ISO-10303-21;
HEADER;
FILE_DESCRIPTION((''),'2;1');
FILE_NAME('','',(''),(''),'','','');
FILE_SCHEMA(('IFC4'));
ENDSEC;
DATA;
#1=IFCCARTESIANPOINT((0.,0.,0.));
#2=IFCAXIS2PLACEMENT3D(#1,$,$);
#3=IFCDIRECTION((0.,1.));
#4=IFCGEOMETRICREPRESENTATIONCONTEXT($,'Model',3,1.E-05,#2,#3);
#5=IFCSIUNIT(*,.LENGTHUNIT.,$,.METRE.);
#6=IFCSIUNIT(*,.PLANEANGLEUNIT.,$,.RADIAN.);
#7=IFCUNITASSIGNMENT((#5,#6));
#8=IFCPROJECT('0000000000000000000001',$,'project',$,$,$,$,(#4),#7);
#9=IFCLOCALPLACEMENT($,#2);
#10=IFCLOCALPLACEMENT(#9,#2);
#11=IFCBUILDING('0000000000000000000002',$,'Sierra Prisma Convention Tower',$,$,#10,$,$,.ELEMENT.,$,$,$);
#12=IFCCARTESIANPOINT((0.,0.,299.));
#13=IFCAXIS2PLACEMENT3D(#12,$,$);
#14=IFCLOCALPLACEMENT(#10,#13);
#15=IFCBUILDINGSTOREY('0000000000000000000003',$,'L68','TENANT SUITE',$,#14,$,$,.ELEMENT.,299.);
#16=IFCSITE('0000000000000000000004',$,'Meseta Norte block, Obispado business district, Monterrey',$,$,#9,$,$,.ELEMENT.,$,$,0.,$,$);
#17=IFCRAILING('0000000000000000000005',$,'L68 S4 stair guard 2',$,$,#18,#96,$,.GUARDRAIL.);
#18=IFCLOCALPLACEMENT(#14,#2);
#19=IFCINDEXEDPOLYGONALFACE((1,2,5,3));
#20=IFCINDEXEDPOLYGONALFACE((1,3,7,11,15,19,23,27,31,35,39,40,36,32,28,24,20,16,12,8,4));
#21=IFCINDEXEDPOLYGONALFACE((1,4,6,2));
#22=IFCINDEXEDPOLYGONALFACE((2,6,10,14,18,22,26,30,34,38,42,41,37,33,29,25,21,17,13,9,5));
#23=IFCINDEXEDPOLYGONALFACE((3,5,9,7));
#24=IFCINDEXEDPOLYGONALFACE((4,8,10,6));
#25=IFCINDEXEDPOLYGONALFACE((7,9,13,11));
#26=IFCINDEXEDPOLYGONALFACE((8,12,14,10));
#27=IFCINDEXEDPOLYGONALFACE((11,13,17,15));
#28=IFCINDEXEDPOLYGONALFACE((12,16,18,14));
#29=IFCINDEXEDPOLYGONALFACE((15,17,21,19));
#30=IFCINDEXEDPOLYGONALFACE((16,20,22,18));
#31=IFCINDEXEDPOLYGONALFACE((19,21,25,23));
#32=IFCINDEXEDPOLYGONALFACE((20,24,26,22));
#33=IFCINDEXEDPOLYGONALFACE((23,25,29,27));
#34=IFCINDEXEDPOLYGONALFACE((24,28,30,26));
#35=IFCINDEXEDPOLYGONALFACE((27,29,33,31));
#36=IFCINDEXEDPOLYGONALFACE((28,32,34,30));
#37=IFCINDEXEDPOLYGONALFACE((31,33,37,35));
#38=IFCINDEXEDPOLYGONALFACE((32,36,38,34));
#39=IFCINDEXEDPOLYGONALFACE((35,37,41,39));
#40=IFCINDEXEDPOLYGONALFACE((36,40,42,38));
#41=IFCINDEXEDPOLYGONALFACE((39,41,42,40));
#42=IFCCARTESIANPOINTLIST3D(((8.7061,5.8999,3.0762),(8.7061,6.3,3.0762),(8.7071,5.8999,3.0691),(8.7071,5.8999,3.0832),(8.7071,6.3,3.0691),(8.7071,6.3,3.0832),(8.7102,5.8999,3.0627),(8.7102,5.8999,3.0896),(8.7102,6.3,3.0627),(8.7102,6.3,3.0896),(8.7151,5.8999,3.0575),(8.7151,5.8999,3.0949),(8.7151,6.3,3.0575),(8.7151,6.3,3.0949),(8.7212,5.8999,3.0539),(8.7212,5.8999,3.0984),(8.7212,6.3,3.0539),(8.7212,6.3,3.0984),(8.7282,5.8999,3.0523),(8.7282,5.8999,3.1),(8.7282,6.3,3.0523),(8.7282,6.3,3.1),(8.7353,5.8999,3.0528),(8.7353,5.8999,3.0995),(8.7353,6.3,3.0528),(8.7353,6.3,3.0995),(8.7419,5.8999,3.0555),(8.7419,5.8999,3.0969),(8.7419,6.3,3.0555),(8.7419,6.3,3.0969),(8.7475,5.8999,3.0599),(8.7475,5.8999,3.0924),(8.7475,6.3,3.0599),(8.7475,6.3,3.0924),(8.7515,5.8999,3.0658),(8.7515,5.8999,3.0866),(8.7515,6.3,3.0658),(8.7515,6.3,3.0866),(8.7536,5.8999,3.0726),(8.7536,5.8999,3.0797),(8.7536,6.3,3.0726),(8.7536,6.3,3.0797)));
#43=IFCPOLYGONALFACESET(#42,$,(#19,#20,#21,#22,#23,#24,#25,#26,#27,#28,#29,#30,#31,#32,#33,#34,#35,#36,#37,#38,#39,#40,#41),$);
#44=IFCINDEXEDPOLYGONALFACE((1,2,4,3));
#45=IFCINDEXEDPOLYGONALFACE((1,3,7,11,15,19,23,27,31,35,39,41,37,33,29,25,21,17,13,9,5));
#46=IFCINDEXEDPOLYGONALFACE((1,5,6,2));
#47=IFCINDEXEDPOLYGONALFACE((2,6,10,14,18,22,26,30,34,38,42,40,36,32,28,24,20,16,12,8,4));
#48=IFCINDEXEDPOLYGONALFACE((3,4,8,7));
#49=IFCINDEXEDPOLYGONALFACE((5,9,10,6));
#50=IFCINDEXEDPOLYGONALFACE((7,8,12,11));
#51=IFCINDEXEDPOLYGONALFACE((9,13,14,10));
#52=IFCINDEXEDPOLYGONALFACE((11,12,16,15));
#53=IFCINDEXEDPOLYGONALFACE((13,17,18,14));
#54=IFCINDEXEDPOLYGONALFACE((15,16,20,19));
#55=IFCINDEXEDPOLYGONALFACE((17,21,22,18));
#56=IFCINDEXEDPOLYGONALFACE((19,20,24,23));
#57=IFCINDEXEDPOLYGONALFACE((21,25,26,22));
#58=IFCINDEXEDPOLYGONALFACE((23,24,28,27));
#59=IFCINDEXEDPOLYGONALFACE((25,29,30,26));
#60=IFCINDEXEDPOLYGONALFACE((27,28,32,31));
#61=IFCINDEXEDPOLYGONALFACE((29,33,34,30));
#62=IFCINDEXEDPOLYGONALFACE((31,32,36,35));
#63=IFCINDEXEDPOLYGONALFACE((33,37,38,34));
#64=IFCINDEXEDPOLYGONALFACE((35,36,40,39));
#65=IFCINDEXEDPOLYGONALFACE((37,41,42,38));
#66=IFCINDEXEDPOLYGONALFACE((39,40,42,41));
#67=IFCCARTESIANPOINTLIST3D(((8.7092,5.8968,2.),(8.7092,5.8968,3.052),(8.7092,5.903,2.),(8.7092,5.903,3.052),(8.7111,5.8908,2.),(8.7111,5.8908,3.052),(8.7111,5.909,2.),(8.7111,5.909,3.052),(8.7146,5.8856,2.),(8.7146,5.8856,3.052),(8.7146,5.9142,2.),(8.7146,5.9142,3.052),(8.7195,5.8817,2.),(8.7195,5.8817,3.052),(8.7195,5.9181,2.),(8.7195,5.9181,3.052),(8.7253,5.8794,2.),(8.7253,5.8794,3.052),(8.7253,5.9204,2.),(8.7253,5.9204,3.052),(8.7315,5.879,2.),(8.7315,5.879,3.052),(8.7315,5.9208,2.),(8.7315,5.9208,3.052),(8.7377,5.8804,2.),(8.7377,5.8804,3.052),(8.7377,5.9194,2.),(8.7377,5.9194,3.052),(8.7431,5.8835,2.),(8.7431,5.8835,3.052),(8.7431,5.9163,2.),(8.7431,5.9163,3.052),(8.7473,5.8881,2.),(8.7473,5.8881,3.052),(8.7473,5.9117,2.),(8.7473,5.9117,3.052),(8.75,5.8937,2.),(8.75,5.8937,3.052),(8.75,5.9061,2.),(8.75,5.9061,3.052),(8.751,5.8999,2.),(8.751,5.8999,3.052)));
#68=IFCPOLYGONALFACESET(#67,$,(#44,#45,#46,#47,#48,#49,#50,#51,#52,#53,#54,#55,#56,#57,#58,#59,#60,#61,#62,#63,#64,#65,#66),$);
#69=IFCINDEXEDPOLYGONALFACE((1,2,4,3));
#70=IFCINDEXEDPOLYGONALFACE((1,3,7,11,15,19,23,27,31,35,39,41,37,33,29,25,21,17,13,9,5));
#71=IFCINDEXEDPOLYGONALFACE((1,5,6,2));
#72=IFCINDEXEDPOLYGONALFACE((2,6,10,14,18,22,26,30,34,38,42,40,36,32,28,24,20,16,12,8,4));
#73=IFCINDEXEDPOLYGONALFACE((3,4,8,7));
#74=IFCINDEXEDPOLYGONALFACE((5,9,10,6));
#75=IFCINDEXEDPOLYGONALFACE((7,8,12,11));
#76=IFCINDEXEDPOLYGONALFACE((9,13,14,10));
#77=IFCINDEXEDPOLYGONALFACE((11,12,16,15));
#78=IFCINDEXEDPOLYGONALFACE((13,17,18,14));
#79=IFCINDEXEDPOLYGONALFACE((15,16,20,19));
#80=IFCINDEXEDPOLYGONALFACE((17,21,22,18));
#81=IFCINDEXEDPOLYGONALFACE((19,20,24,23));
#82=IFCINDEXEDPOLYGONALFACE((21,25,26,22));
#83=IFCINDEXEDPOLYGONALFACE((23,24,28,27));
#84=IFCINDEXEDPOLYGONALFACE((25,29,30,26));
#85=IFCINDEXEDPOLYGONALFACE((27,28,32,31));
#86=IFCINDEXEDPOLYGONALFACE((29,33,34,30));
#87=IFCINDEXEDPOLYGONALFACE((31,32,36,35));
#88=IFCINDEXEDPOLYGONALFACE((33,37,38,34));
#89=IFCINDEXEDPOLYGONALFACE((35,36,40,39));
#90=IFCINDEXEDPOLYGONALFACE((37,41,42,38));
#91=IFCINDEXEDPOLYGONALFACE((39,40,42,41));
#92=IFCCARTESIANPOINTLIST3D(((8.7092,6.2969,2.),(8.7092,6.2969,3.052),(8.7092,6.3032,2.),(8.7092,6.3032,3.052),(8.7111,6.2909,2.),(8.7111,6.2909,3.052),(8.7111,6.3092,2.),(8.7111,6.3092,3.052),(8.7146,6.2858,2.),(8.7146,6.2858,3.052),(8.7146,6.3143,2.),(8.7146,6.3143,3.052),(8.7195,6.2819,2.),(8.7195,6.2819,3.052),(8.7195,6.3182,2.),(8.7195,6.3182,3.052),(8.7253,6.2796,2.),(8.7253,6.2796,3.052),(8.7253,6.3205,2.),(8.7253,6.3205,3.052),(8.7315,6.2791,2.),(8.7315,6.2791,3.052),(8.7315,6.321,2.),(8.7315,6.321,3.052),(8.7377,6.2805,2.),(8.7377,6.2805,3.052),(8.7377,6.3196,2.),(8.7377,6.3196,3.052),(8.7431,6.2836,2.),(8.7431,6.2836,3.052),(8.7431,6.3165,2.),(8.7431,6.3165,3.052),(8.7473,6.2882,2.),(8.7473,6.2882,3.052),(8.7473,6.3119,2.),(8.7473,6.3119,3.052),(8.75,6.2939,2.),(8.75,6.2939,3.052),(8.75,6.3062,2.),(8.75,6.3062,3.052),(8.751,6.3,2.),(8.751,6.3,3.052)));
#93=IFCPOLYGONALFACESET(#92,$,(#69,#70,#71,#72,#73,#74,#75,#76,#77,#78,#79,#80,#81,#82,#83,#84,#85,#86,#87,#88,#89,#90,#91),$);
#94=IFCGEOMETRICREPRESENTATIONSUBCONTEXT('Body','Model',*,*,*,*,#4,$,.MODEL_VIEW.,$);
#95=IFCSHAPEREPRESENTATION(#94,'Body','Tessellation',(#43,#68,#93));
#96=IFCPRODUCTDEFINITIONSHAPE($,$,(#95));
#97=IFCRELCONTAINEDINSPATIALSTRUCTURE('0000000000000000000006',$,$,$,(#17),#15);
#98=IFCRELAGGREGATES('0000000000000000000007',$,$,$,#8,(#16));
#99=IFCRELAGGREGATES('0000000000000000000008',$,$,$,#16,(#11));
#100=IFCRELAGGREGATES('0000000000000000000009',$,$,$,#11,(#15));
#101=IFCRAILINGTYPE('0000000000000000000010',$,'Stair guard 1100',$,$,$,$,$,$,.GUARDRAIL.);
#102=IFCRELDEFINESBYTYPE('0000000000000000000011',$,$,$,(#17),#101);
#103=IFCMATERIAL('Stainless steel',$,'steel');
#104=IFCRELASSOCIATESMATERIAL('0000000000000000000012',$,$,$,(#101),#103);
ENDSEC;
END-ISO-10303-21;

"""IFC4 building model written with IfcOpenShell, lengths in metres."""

from ifc_helpers import new_model, si_unit, direction, frame, origin, origin_2d, place, context, subcontext, project, spatial, circle, extrude, material, type_object, element, save


model = new_model("IFC4")

# Units and contexts
model_context = context("Model", 3, precision=1e-05, world=origin(), true_north=direction((0.0, 1.0)))
body_context = subcontext(model_context, "Body", "Model", "MODEL_VIEW")
ifc_project = project(units=[si_unit("LENGTHUNIT", "METRE"), si_unit("PLANEANGLEUNIT", "RADIAN")], contexts=[model_context])

# Site, building, storey
site_placement = place(None, origin())
site = spatial("IfcSite", under=ifc_project, at=site_placement, Name="Meseta Norte block, Obispado business district, Monterrey", CompositionType="ELEMENT", RefElevation=0.0)
building_placement = place(site_placement, origin())
building = spatial("IfcBuilding", under=site, at=building_placement, Name="Sierra Prisma Convention Tower", CompositionType="ELEMENT")
storey_placement = place(building_placement, frame((0.0, 0.0, 299.0)))
storey = spatial("IfcBuildingStorey", under=building, at=storey_placement, Name="L68", Description="TENANT SUITE", CompositionType="ELEMENT", Elevation=299.0)

# Railing
ifc_material_1 = material(Name="Stainless steel", Category="steel")
railing_type_1 = type_object("IfcRailingType", Name="Stair guard 1100", PredefinedType="GUARDRAIL", material=ifc_material_1)
railing_1_placement = place(storey_placement, frame((8.73, 5.8999, 2.0)))
element("IfcRailing", 1, at=railing_1_placement, inside=storey, type_object=railing_type_1, Name="L68 S4 stair guard 2", PredefinedType="GUARDRAIL", context=body_context, shape_type="SweptSolid", body=[
    extrude(circle(Radius=0.0239, at=origin_2d()), frame((0.0, 0.0, 1.0762), z_axis=(0.0, 1.0, 0.0), x_axis=(-1.0, 0.0, 0.0)), (0.0, 0.0, 1.0), 0.4001),
    extrude(circle(Radius=0.021, at=origin_2d()), origin(), (0.0, 0.0, 1.0), 1.052),
    extrude(circle(Radius=0.021, at=origin_2d()), frame((0.0, 0.4001, 0.0)), (0.0, 0.0, 1.0), 1.052),
])

save(model, "model.ifc")
